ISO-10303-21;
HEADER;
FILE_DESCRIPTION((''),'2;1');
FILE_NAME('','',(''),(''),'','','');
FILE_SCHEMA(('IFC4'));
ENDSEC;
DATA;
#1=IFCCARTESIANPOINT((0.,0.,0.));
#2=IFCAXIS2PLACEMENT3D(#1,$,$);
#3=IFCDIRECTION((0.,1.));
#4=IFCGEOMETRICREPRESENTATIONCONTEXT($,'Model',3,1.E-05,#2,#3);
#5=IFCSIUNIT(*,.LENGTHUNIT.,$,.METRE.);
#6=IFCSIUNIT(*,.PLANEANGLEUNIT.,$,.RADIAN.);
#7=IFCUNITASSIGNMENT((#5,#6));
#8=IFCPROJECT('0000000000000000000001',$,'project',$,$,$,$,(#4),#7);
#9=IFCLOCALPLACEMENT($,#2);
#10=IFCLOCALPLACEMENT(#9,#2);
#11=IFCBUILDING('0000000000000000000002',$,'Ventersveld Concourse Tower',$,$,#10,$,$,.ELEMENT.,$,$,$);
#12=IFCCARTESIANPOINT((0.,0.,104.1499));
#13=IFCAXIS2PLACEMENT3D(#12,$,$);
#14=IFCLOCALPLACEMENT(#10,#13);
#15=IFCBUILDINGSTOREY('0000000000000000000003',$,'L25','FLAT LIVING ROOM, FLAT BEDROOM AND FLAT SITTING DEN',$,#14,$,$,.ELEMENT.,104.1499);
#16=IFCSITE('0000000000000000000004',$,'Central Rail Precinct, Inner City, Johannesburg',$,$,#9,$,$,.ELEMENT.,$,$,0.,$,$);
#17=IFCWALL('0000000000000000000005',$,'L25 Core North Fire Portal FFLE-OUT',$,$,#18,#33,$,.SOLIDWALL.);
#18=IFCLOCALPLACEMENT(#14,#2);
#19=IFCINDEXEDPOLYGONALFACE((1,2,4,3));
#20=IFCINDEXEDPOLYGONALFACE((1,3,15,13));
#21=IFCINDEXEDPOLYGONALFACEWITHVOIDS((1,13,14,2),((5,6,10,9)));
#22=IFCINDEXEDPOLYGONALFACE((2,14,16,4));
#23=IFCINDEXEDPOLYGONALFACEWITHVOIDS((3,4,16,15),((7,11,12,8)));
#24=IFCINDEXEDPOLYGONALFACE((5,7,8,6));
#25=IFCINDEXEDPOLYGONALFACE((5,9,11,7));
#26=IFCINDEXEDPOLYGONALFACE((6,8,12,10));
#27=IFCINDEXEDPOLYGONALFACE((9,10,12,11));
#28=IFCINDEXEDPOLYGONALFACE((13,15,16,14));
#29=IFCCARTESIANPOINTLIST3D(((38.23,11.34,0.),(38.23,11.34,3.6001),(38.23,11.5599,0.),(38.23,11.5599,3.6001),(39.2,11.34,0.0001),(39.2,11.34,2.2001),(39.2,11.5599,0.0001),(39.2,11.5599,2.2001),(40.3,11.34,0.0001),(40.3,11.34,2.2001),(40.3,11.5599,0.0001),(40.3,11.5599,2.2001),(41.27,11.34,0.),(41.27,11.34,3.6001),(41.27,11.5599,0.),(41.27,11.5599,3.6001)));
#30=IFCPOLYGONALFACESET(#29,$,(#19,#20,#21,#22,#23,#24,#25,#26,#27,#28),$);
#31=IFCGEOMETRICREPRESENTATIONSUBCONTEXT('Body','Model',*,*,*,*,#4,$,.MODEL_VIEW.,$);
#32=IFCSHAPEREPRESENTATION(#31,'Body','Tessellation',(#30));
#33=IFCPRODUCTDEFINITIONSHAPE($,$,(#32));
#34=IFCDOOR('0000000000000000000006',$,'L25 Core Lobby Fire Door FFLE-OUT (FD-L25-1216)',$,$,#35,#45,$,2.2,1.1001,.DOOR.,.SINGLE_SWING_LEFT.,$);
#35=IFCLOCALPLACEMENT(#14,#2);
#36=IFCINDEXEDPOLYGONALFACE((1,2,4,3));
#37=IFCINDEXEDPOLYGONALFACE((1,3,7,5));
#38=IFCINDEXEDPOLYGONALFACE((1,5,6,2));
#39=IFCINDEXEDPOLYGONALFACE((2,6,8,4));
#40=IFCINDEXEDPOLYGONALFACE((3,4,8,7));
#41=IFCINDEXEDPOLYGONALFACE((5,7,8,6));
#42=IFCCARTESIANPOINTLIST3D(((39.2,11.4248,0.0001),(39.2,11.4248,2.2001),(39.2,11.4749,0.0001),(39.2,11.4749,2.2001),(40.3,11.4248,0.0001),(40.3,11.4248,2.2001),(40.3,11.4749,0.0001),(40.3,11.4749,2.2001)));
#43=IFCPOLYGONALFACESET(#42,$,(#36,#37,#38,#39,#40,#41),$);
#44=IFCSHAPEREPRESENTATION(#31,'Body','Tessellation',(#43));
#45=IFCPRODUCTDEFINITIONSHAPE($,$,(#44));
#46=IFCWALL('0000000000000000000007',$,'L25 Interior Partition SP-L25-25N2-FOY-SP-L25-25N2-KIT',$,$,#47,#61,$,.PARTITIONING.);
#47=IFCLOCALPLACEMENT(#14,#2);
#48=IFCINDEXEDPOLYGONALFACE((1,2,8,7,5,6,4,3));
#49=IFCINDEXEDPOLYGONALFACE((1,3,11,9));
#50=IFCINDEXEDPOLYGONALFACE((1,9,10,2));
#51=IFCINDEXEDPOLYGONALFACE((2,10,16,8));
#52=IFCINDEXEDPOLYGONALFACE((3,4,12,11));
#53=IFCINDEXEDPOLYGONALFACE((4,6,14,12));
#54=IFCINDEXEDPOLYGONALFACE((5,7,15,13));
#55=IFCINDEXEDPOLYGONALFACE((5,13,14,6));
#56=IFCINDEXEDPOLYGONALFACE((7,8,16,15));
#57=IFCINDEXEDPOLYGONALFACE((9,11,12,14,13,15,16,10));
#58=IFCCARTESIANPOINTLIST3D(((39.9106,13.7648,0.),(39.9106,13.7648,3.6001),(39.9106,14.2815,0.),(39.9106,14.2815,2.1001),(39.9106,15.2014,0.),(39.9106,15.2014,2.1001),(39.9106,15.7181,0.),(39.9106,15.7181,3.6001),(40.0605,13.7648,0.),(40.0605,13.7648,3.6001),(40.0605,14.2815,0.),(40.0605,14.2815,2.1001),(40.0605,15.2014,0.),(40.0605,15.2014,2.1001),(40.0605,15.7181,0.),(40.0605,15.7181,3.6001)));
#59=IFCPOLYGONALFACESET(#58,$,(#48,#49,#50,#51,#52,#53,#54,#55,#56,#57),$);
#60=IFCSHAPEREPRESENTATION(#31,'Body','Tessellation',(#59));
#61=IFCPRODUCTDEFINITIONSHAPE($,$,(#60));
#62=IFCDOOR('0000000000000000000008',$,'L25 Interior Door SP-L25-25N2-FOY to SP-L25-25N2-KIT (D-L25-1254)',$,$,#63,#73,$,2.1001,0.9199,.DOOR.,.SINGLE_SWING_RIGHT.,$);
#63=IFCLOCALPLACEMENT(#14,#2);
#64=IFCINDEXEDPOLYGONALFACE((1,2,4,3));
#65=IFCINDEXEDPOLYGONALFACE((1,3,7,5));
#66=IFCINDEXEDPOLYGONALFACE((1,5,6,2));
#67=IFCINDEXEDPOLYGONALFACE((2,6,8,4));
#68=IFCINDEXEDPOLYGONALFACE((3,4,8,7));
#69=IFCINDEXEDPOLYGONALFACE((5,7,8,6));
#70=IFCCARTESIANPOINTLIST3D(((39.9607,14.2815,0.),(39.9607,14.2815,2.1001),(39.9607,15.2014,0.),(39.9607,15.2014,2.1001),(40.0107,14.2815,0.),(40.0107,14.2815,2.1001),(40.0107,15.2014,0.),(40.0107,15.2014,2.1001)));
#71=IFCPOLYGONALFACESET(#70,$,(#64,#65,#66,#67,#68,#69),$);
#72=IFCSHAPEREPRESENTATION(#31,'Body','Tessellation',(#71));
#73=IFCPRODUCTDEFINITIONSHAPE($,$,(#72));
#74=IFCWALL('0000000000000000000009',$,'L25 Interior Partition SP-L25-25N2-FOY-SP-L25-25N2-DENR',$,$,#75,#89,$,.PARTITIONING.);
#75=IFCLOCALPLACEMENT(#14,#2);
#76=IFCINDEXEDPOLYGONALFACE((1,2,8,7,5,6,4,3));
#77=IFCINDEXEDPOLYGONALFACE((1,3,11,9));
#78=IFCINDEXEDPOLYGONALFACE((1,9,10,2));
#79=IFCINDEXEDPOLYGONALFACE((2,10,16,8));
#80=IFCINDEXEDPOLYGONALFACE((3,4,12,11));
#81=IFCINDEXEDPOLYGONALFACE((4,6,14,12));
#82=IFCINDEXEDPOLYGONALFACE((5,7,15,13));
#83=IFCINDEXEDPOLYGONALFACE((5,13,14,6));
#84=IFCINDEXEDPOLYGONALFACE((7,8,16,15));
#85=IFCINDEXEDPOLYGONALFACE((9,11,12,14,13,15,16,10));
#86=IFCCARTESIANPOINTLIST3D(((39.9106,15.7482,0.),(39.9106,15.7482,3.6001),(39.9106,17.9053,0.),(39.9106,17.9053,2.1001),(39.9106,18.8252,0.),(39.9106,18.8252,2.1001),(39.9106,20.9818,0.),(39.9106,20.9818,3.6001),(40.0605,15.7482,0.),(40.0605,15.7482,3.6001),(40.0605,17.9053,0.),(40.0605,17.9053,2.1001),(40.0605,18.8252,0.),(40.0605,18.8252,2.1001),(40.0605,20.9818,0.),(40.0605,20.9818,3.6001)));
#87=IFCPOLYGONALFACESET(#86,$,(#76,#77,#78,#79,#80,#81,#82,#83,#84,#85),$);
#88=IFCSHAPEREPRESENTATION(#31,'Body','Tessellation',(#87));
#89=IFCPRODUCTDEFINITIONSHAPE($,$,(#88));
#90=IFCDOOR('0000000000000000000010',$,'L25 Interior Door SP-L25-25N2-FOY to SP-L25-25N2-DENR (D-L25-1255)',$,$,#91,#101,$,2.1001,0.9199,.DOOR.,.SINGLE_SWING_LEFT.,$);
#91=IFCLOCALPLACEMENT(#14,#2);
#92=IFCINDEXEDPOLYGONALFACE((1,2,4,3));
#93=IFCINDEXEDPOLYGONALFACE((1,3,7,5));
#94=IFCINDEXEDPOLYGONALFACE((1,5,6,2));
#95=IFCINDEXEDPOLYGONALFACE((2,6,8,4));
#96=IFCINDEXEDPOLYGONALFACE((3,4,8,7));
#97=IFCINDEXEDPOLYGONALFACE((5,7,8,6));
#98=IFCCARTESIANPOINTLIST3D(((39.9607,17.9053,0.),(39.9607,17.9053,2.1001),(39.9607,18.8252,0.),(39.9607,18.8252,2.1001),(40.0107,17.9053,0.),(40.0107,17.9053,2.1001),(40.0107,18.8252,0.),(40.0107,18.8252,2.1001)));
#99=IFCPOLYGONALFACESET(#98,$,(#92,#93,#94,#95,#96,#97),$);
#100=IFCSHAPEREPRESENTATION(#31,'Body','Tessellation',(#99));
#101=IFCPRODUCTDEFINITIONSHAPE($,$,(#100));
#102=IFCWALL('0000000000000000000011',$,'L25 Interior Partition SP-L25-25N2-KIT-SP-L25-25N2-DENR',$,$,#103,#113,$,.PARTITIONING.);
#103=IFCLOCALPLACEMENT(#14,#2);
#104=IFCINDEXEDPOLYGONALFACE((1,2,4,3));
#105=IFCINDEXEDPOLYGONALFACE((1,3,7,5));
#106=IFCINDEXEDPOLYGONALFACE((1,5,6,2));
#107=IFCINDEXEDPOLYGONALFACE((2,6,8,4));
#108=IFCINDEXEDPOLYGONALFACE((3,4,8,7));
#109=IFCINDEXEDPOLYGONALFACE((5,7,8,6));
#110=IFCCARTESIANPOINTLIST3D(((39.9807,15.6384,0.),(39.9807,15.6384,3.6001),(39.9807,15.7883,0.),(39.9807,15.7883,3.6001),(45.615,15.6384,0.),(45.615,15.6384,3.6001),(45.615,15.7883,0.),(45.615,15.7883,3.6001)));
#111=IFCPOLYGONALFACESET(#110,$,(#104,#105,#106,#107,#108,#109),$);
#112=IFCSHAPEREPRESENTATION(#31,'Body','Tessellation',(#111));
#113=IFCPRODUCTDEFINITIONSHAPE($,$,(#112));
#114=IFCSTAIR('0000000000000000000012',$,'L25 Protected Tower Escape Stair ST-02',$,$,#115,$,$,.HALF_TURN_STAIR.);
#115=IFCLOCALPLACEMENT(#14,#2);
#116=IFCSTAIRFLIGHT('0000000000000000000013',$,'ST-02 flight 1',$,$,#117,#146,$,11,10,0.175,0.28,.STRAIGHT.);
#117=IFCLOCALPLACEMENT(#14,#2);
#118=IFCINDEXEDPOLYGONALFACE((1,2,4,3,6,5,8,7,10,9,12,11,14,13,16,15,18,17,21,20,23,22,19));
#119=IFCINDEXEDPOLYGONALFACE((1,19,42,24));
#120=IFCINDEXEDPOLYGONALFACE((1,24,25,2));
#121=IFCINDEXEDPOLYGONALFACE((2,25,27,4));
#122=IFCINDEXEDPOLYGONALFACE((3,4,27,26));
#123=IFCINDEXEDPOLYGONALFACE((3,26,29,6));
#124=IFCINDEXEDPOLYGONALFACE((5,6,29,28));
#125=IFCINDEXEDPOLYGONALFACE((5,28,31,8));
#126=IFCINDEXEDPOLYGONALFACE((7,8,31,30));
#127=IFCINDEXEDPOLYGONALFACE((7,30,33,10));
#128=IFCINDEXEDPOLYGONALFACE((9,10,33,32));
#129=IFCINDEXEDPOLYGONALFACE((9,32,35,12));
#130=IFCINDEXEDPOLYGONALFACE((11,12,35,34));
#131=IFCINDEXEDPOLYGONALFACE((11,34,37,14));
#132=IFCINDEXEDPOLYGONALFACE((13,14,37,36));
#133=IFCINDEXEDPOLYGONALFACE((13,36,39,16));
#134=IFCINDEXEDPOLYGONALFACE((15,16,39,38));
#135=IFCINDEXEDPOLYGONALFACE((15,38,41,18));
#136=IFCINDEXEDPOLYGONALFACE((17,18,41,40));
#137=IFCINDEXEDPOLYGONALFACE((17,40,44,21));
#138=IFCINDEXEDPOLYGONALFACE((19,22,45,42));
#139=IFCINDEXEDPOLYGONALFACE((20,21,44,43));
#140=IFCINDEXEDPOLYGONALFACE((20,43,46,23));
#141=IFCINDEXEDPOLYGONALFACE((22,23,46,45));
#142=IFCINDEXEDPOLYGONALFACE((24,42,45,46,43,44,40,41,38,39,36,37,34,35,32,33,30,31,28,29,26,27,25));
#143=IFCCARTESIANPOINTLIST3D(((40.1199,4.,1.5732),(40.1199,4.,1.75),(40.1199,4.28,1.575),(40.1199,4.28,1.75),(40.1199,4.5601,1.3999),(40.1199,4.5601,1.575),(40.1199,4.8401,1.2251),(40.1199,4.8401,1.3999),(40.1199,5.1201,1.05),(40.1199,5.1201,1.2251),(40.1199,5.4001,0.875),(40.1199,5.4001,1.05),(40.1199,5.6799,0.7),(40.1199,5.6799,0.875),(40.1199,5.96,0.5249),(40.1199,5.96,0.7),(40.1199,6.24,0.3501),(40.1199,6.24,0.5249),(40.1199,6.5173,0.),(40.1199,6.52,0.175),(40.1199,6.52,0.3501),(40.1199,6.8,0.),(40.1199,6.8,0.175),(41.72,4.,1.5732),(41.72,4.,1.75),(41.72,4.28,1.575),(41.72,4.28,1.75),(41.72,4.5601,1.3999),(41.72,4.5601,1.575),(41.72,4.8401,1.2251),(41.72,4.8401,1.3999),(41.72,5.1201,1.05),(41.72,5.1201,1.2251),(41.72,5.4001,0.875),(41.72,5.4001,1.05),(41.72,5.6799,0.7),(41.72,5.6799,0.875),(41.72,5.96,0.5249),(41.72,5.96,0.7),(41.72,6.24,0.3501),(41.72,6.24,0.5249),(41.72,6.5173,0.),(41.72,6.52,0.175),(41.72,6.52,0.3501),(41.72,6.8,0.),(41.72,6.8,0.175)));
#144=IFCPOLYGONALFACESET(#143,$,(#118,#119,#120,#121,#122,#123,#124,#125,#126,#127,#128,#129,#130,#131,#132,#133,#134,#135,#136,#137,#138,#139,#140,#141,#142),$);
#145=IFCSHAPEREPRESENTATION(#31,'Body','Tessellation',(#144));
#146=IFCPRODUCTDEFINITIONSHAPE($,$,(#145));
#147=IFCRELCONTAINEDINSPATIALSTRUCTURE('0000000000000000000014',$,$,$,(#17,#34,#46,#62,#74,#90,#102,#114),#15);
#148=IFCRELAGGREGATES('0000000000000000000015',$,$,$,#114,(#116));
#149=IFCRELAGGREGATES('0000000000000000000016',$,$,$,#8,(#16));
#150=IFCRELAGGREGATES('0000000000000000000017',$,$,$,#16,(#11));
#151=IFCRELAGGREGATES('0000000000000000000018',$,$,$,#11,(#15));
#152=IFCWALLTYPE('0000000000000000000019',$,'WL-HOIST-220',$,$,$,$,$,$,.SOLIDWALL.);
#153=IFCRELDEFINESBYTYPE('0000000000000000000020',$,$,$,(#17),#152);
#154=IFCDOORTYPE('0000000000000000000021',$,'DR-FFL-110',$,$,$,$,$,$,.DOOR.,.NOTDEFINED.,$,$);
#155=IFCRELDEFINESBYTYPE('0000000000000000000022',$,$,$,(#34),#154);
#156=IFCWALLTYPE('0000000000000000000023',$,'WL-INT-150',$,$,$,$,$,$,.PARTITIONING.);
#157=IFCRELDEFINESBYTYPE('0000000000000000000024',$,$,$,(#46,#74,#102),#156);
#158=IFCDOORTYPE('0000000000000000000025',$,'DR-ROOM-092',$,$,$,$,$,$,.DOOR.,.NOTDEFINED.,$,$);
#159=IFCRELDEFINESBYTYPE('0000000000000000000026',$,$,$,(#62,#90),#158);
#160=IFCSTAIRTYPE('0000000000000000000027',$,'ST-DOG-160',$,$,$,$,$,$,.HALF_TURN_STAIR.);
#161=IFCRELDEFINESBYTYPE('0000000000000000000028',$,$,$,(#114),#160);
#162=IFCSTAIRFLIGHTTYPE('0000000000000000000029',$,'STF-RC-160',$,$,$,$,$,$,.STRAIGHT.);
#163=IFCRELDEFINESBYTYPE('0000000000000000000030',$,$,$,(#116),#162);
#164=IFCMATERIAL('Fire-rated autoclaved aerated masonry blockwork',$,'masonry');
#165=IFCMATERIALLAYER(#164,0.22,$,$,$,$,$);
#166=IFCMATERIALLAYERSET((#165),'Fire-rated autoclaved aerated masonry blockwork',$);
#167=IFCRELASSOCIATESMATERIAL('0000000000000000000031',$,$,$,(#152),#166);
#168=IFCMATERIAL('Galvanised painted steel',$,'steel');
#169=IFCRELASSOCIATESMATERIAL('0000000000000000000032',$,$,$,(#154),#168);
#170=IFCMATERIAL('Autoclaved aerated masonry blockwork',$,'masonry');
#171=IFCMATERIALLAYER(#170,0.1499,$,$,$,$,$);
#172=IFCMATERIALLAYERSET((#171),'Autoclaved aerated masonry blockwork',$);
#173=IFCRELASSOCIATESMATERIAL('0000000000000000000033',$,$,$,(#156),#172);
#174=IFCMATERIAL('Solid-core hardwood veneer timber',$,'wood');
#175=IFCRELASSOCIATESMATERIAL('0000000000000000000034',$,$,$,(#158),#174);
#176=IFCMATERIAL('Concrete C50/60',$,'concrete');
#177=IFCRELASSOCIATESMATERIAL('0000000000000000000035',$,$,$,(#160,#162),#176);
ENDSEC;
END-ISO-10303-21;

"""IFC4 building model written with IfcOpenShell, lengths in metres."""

from ifc_helpers import new_model, si_unit, direction, frame, frame_2d, origin, place, context, subcontext, project, spatial, polyline, rectangle, outline, extrude, material, layer, layer_set, type_object, element, fill, aggregate, save


model = new_model("IFC4")

# Units and contexts
model_context = context("Model", 3, precision=1e-05, world=origin(), true_north=direction((0.0, 1.0)))
body_context = subcontext(model_context, "Body", "Model", "MODEL_VIEW")
ifc_project = project(units=[si_unit("LENGTHUNIT", "METRE"), si_unit("PLANEANGLEUNIT", "RADIAN")], contexts=[model_context])

# Site, building, storey
site_placement = place(None, origin())
site = spatial("IfcSite", under=ifc_project, at=site_placement, Name="Central Rail Precinct, Inner City, Johannesburg", CompositionType="ELEMENT", RefElevation=0.0)
building_placement = place(site_placement, origin())
building = spatial("IfcBuilding", under=site, at=building_placement, Name="Ventersveld Concourse Tower", CompositionType="ELEMENT")
storey_placement = place(building_placement, frame((0.0, 0.0, 104.1499)))
storey = spatial("IfcBuildingStorey", under=building, at=storey_placement, Name="L25", Description="FLAT LIVING ROOM, FLAT BEDROOM AND FLAT SITTING DEN", CompositionType="ELEMENT", Elevation=104.1499)

# Shared definitions
ifc_material_1 = material(Name="Fire-rated autoclaved aerated masonry blockwork", Category="masonry")

# Walls, openings, doors
ifc_layer_1 = layer(ifc_material_1, 0.22)
ifc_layer_set_1 = layer_set([ifc_layer_1], Name="Fire-rated autoclaved aerated masonry blockwork")
wall_type_1 = type_object("IfcWallType", Name="WL-HOIST-220", PredefinedType="SOLIDWALL", material=ifc_layer_set_1)
ifc_material_2 = material(Name="Galvanised painted steel", Category="steel")
wall_1_placement = place(storey_placement, frame((38.23, 11.45, 0.0), z_axis=(0.0, 0.0, 1.0), x_axis=(1.0, 0.0, 0.0)))
wall_1 = element("IfcWall", 1, at=wall_1_placement, inside=storey, type_object=wall_type_1, Name="L25 Core North Fire Portal FFLE-OUT", PredefinedType="SOLIDWALL", context=body_context, shape_type="SweptSolid", body=[
    extrude(rectangle(XDim=3.04, YDim=0.22, at=frame_2d((1.52, 0.0))), origin(), (0.0, 0.0, 1.0), 3.6001),
])
opening_1_placement = place(wall_1_placement, frame((0.97, 0.0, 0.0)))
opening_1 = element("IfcOpeningElement", 2, at=opening_1_placement, cuts=wall_1, PredefinedType="OPENING", context=body_context, shape_type="SweptSolid", body=[
    extrude(rectangle(XDim=1.1001, YDim=2.2, at=frame_2d((0.55, 1.1001))), frame((0.0, 0.1201, 0.0), z_axis=(0.0, -1.0, 0.0), x_axis=(1.0, 0.0, 0.0)), (0.0, 0.0, 1.0), 0.24),
])
door_type_1 = type_object("IfcDoorType", Name="DR-FFL-110", OperationType="NOTDEFINED", PredefinedType="DOOR", material=ifc_material_2)
door_1_placement = place(opening_1_placement, origin())
door_1 = element("IfcDoor", 3, at=door_1_placement, inside=storey, type_object=door_type_1, Name="L25 Core Lobby Fire Door FFLE-OUT (FD-L25-1216)", OperationType="SINGLE_SWING_LEFT", OverallHeight=2.2, OverallWidth=1.1001, PredefinedType="DOOR", context=body_context, shape_type="SweptSolid", body=[
    extrude(rectangle(XDim=1.1001, YDim=2.2, at=frame_2d((0.55, 1.1001))), frame((0.0, 0.0249, 0.0), z_axis=(0.0, -1.0, 0.0), x_axis=(1.0, 0.0, 0.0)), (0.0, 0.0, 1.0), 0.05),
])
fill(opening_1, door_1)
ifc_material_3 = material(Name="Autoclaved aerated masonry blockwork", Category="masonry")
ifc_layer_2 = layer(ifc_material_3, 0.1499)
ifc_layer_set_2 = layer_set([ifc_layer_2], Name="Autoclaved aerated masonry blockwork")
wall_type_2 = type_object("IfcWallType", Name="WL-INT-150", PredefinedType="PARTITIONING", material=ifc_layer_set_2)
wall_2_placement = place(storey_placement, frame((39.9856, 13.7649, 0.0), z_axis=(0.0, 0.0, 1.0), x_axis=(0.0, 1.0, 0.0)))
wall_2 = element("IfcWall", 4, at=wall_2_placement, inside=storey, type_object=wall_type_2, Name="L25 Interior Partition SP-L25-25N2-FOY-SP-L25-25N2-KIT", PredefinedType="PARTITIONING", context=body_context, shape_type="SweptSolid", body=[
    extrude(rectangle(XDim=1.9534, YDim=0.1499, at=frame_2d((0.9766, 0.0))), origin(), (0.0, 0.0, 1.0), 3.6001),
])
opening_2_placement = place(wall_2_placement, frame((0.5166, 0.0, 0.0)))
opening_2 = element("IfcOpeningElement", 5, at=opening_2_placement, cuts=wall_2, PredefinedType="OPENING", context=body_context, shape_type="SweptSolid", body=[
    extrude(rectangle(XDim=0.9199, YDim=2.1001, at=frame_2d((0.46, 1.05))), frame((0.0, 0.085, 0.0), z_axis=(0.0, -1.0, 0.0), x_axis=(1.0, 0.0, 0.0)), (0.0, 0.0, 1.0), 0.1699),
])
ifc_material_4 = material(Name="Solid-core hardwood veneer timber", Category="wood")
door_type_2 = type_object("IfcDoorType", Name="DR-ROOM-092", OperationType="NOTDEFINED", PredefinedType="DOOR", material=ifc_material_4)
door_2_placement = place(opening_2_placement, origin())
door_2 = element("IfcDoor", 6, at=door_2_placement, inside=storey, type_object=door_type_2, Name="L25 Interior Door SP-L25-25N2-FOY to SP-L25-25N2-KIT (D-L25-1254)", OperationType="SINGLE_SWING_RIGHT", OverallHeight=2.1001, OverallWidth=0.9199, PredefinedType="DOOR", context=body_context, shape_type="SweptSolid", body=[
    extrude(rectangle(XDim=0.9199, YDim=2.1001, at=frame_2d((0.46, 1.05))), frame((0.0, 0.0249, 0.0), z_axis=(0.0, -1.0, 0.0), x_axis=(1.0, 0.0, 0.0)), (0.0, 0.0, 1.0), 0.05),
])
fill(opening_2, door_2)
wall_3_placement = place(storey_placement, frame((39.9856, 15.7483, 0.0), z_axis=(0.0, 0.0, 1.0), x_axis=(0.0, 1.0, 0.0)))
wall_3 = element("IfcWall", 7, at=wall_3_placement, inside=storey, type_object=wall_type_2, Name="L25 Interior Partition SP-L25-25N2-FOY-SP-L25-25N2-DENR", PredefinedType="PARTITIONING", context=body_context, shape_type="SweptSolid", body=[
    extrude(rectangle(XDim=5.2336, YDim=0.1499, at=frame_2d((2.6167, 0.0))), origin(), (0.0, 0.0, 1.0), 3.6001),
])
opening_3_placement = place(wall_3_placement, frame((2.157, 0.0, 0.0)))
opening_3 = element("IfcOpeningElement", 8, at=opening_3_placement, cuts=wall_3, PredefinedType="OPENING", context=body_context, shape_type="SweptSolid", body=[
    extrude(rectangle(XDim=0.9199, YDim=2.1001, at=frame_2d((0.46, 1.05))), frame((0.0, 0.085, 0.0), z_axis=(0.0, -1.0, 0.0), x_axis=(1.0, 0.0, 0.0)), (0.0, 0.0, 1.0), 0.1699),
])
door_3_placement = place(opening_3_placement, origin())
door_3 = element("IfcDoor", 9, at=door_3_placement, inside=storey, type_object=door_type_2, Name="L25 Interior Door SP-L25-25N2-FOY to SP-L25-25N2-DENR (D-L25-1255)", OperationType="SINGLE_SWING_LEFT", OverallHeight=2.1001, OverallWidth=0.9199, PredefinedType="DOOR", context=body_context, shape_type="SweptSolid", body=[
    extrude(rectangle(XDim=0.9199, YDim=2.1001, at=frame_2d((0.46, 1.05))), frame((0.0, 0.0249, 0.0), z_axis=(0.0, -1.0, 0.0), x_axis=(1.0, 0.0, 0.0)), (0.0, 0.0, 1.0), 0.05),
])
fill(opening_3, door_3)

# Wall
wall_4_placement = place(storey_placement, frame((39.9807, 15.7134, 0.0), z_axis=(0.0, 0.0, 1.0), x_axis=(1.0, 0.0, 0.0)))
element("IfcWall", 10, at=wall_4_placement, inside=storey, type_object=wall_type_2, Name="L25 Interior Partition SP-L25-25N2-KIT-SP-L25-25N2-DENR", PredefinedType="PARTITIONING", context=body_context, shape_type="SweptSolid", body=[
    extrude(rectangle(XDim=5.6343, YDim=0.1499, at=frame_2d((2.8171, 0.0))), origin(), (0.0, 0.0, 1.0), 3.6001),
])

# Stair, stair flight
ifc_material_5 = material(Name="Concrete C50/60", Category="concrete")
stair_type = type_object("IfcStairType", Name="ST-DOG-160", PredefinedType="HALF_TURN_STAIR", material=ifc_material_5)
stair_placement = place(storey_placement, origin())
stair = element("IfcStair", 11, at=stair_placement, inside=storey, type_object=stair_type, Name="L25 Protected Tower Escape Stair ST-02", PredefinedType="HALF_TURN_STAIR")
stair_flight_type = type_object("IfcStairFlightType", Name="STF-RC-160", PredefinedType="STRAIGHT", material=ifc_material_5)
stair_flight_1_placement = place(storey_placement, frame((40.9199, 6.8, 0.0), z_axis=(0.0, 0.0, 1.0), x_axis=(0.0, -1.0, 0.0)))
stair_flight_1 = element("IfcStairFlight", 12, at=stair_flight_1_placement, type_object=stair_flight_type, Name="ST-02 flight 1", NumberOfRisers=11, NumberOfTreads=10, PredefinedType="STRAIGHT", RiserHeight=0.175, TreadLength=0.28, context=body_context, shape_type="SweptSolid", body=[
    extrude(outline(polyline([(0.0, 0.0), (0.0, 0.175), (0.28, 0.175), (0.28, 0.3501), (0.5601, 0.3501), (0.5601, 0.5249), (0.8401, 0.5249), (0.8401, 0.7), (1.1201, 0.7), (1.1201, 0.875), (1.3999, 0.875), (1.3999, 1.05), (1.6799, 1.05), (1.6799, 1.2251), (1.96, 1.2251), (1.96, 1.3999), (2.24, 1.3999), (2.24, 1.575), (2.52, 1.575), (2.52, 1.75), (2.8, 1.75), (2.8, 1.925), (2.8, 1.5732), (0.2827, 0.0), (0.0, 0.0)])), frame((0.0, 0.8, 0.0), z_axis=(0.0, -1.0, 0.0), x_axis=(1.0, 0.0, 0.0)), (0.0, 0.0, 1.0), 1.6001),
])
aggregate(stair, [stair_flight_1])

save(model, "model.ifc")
